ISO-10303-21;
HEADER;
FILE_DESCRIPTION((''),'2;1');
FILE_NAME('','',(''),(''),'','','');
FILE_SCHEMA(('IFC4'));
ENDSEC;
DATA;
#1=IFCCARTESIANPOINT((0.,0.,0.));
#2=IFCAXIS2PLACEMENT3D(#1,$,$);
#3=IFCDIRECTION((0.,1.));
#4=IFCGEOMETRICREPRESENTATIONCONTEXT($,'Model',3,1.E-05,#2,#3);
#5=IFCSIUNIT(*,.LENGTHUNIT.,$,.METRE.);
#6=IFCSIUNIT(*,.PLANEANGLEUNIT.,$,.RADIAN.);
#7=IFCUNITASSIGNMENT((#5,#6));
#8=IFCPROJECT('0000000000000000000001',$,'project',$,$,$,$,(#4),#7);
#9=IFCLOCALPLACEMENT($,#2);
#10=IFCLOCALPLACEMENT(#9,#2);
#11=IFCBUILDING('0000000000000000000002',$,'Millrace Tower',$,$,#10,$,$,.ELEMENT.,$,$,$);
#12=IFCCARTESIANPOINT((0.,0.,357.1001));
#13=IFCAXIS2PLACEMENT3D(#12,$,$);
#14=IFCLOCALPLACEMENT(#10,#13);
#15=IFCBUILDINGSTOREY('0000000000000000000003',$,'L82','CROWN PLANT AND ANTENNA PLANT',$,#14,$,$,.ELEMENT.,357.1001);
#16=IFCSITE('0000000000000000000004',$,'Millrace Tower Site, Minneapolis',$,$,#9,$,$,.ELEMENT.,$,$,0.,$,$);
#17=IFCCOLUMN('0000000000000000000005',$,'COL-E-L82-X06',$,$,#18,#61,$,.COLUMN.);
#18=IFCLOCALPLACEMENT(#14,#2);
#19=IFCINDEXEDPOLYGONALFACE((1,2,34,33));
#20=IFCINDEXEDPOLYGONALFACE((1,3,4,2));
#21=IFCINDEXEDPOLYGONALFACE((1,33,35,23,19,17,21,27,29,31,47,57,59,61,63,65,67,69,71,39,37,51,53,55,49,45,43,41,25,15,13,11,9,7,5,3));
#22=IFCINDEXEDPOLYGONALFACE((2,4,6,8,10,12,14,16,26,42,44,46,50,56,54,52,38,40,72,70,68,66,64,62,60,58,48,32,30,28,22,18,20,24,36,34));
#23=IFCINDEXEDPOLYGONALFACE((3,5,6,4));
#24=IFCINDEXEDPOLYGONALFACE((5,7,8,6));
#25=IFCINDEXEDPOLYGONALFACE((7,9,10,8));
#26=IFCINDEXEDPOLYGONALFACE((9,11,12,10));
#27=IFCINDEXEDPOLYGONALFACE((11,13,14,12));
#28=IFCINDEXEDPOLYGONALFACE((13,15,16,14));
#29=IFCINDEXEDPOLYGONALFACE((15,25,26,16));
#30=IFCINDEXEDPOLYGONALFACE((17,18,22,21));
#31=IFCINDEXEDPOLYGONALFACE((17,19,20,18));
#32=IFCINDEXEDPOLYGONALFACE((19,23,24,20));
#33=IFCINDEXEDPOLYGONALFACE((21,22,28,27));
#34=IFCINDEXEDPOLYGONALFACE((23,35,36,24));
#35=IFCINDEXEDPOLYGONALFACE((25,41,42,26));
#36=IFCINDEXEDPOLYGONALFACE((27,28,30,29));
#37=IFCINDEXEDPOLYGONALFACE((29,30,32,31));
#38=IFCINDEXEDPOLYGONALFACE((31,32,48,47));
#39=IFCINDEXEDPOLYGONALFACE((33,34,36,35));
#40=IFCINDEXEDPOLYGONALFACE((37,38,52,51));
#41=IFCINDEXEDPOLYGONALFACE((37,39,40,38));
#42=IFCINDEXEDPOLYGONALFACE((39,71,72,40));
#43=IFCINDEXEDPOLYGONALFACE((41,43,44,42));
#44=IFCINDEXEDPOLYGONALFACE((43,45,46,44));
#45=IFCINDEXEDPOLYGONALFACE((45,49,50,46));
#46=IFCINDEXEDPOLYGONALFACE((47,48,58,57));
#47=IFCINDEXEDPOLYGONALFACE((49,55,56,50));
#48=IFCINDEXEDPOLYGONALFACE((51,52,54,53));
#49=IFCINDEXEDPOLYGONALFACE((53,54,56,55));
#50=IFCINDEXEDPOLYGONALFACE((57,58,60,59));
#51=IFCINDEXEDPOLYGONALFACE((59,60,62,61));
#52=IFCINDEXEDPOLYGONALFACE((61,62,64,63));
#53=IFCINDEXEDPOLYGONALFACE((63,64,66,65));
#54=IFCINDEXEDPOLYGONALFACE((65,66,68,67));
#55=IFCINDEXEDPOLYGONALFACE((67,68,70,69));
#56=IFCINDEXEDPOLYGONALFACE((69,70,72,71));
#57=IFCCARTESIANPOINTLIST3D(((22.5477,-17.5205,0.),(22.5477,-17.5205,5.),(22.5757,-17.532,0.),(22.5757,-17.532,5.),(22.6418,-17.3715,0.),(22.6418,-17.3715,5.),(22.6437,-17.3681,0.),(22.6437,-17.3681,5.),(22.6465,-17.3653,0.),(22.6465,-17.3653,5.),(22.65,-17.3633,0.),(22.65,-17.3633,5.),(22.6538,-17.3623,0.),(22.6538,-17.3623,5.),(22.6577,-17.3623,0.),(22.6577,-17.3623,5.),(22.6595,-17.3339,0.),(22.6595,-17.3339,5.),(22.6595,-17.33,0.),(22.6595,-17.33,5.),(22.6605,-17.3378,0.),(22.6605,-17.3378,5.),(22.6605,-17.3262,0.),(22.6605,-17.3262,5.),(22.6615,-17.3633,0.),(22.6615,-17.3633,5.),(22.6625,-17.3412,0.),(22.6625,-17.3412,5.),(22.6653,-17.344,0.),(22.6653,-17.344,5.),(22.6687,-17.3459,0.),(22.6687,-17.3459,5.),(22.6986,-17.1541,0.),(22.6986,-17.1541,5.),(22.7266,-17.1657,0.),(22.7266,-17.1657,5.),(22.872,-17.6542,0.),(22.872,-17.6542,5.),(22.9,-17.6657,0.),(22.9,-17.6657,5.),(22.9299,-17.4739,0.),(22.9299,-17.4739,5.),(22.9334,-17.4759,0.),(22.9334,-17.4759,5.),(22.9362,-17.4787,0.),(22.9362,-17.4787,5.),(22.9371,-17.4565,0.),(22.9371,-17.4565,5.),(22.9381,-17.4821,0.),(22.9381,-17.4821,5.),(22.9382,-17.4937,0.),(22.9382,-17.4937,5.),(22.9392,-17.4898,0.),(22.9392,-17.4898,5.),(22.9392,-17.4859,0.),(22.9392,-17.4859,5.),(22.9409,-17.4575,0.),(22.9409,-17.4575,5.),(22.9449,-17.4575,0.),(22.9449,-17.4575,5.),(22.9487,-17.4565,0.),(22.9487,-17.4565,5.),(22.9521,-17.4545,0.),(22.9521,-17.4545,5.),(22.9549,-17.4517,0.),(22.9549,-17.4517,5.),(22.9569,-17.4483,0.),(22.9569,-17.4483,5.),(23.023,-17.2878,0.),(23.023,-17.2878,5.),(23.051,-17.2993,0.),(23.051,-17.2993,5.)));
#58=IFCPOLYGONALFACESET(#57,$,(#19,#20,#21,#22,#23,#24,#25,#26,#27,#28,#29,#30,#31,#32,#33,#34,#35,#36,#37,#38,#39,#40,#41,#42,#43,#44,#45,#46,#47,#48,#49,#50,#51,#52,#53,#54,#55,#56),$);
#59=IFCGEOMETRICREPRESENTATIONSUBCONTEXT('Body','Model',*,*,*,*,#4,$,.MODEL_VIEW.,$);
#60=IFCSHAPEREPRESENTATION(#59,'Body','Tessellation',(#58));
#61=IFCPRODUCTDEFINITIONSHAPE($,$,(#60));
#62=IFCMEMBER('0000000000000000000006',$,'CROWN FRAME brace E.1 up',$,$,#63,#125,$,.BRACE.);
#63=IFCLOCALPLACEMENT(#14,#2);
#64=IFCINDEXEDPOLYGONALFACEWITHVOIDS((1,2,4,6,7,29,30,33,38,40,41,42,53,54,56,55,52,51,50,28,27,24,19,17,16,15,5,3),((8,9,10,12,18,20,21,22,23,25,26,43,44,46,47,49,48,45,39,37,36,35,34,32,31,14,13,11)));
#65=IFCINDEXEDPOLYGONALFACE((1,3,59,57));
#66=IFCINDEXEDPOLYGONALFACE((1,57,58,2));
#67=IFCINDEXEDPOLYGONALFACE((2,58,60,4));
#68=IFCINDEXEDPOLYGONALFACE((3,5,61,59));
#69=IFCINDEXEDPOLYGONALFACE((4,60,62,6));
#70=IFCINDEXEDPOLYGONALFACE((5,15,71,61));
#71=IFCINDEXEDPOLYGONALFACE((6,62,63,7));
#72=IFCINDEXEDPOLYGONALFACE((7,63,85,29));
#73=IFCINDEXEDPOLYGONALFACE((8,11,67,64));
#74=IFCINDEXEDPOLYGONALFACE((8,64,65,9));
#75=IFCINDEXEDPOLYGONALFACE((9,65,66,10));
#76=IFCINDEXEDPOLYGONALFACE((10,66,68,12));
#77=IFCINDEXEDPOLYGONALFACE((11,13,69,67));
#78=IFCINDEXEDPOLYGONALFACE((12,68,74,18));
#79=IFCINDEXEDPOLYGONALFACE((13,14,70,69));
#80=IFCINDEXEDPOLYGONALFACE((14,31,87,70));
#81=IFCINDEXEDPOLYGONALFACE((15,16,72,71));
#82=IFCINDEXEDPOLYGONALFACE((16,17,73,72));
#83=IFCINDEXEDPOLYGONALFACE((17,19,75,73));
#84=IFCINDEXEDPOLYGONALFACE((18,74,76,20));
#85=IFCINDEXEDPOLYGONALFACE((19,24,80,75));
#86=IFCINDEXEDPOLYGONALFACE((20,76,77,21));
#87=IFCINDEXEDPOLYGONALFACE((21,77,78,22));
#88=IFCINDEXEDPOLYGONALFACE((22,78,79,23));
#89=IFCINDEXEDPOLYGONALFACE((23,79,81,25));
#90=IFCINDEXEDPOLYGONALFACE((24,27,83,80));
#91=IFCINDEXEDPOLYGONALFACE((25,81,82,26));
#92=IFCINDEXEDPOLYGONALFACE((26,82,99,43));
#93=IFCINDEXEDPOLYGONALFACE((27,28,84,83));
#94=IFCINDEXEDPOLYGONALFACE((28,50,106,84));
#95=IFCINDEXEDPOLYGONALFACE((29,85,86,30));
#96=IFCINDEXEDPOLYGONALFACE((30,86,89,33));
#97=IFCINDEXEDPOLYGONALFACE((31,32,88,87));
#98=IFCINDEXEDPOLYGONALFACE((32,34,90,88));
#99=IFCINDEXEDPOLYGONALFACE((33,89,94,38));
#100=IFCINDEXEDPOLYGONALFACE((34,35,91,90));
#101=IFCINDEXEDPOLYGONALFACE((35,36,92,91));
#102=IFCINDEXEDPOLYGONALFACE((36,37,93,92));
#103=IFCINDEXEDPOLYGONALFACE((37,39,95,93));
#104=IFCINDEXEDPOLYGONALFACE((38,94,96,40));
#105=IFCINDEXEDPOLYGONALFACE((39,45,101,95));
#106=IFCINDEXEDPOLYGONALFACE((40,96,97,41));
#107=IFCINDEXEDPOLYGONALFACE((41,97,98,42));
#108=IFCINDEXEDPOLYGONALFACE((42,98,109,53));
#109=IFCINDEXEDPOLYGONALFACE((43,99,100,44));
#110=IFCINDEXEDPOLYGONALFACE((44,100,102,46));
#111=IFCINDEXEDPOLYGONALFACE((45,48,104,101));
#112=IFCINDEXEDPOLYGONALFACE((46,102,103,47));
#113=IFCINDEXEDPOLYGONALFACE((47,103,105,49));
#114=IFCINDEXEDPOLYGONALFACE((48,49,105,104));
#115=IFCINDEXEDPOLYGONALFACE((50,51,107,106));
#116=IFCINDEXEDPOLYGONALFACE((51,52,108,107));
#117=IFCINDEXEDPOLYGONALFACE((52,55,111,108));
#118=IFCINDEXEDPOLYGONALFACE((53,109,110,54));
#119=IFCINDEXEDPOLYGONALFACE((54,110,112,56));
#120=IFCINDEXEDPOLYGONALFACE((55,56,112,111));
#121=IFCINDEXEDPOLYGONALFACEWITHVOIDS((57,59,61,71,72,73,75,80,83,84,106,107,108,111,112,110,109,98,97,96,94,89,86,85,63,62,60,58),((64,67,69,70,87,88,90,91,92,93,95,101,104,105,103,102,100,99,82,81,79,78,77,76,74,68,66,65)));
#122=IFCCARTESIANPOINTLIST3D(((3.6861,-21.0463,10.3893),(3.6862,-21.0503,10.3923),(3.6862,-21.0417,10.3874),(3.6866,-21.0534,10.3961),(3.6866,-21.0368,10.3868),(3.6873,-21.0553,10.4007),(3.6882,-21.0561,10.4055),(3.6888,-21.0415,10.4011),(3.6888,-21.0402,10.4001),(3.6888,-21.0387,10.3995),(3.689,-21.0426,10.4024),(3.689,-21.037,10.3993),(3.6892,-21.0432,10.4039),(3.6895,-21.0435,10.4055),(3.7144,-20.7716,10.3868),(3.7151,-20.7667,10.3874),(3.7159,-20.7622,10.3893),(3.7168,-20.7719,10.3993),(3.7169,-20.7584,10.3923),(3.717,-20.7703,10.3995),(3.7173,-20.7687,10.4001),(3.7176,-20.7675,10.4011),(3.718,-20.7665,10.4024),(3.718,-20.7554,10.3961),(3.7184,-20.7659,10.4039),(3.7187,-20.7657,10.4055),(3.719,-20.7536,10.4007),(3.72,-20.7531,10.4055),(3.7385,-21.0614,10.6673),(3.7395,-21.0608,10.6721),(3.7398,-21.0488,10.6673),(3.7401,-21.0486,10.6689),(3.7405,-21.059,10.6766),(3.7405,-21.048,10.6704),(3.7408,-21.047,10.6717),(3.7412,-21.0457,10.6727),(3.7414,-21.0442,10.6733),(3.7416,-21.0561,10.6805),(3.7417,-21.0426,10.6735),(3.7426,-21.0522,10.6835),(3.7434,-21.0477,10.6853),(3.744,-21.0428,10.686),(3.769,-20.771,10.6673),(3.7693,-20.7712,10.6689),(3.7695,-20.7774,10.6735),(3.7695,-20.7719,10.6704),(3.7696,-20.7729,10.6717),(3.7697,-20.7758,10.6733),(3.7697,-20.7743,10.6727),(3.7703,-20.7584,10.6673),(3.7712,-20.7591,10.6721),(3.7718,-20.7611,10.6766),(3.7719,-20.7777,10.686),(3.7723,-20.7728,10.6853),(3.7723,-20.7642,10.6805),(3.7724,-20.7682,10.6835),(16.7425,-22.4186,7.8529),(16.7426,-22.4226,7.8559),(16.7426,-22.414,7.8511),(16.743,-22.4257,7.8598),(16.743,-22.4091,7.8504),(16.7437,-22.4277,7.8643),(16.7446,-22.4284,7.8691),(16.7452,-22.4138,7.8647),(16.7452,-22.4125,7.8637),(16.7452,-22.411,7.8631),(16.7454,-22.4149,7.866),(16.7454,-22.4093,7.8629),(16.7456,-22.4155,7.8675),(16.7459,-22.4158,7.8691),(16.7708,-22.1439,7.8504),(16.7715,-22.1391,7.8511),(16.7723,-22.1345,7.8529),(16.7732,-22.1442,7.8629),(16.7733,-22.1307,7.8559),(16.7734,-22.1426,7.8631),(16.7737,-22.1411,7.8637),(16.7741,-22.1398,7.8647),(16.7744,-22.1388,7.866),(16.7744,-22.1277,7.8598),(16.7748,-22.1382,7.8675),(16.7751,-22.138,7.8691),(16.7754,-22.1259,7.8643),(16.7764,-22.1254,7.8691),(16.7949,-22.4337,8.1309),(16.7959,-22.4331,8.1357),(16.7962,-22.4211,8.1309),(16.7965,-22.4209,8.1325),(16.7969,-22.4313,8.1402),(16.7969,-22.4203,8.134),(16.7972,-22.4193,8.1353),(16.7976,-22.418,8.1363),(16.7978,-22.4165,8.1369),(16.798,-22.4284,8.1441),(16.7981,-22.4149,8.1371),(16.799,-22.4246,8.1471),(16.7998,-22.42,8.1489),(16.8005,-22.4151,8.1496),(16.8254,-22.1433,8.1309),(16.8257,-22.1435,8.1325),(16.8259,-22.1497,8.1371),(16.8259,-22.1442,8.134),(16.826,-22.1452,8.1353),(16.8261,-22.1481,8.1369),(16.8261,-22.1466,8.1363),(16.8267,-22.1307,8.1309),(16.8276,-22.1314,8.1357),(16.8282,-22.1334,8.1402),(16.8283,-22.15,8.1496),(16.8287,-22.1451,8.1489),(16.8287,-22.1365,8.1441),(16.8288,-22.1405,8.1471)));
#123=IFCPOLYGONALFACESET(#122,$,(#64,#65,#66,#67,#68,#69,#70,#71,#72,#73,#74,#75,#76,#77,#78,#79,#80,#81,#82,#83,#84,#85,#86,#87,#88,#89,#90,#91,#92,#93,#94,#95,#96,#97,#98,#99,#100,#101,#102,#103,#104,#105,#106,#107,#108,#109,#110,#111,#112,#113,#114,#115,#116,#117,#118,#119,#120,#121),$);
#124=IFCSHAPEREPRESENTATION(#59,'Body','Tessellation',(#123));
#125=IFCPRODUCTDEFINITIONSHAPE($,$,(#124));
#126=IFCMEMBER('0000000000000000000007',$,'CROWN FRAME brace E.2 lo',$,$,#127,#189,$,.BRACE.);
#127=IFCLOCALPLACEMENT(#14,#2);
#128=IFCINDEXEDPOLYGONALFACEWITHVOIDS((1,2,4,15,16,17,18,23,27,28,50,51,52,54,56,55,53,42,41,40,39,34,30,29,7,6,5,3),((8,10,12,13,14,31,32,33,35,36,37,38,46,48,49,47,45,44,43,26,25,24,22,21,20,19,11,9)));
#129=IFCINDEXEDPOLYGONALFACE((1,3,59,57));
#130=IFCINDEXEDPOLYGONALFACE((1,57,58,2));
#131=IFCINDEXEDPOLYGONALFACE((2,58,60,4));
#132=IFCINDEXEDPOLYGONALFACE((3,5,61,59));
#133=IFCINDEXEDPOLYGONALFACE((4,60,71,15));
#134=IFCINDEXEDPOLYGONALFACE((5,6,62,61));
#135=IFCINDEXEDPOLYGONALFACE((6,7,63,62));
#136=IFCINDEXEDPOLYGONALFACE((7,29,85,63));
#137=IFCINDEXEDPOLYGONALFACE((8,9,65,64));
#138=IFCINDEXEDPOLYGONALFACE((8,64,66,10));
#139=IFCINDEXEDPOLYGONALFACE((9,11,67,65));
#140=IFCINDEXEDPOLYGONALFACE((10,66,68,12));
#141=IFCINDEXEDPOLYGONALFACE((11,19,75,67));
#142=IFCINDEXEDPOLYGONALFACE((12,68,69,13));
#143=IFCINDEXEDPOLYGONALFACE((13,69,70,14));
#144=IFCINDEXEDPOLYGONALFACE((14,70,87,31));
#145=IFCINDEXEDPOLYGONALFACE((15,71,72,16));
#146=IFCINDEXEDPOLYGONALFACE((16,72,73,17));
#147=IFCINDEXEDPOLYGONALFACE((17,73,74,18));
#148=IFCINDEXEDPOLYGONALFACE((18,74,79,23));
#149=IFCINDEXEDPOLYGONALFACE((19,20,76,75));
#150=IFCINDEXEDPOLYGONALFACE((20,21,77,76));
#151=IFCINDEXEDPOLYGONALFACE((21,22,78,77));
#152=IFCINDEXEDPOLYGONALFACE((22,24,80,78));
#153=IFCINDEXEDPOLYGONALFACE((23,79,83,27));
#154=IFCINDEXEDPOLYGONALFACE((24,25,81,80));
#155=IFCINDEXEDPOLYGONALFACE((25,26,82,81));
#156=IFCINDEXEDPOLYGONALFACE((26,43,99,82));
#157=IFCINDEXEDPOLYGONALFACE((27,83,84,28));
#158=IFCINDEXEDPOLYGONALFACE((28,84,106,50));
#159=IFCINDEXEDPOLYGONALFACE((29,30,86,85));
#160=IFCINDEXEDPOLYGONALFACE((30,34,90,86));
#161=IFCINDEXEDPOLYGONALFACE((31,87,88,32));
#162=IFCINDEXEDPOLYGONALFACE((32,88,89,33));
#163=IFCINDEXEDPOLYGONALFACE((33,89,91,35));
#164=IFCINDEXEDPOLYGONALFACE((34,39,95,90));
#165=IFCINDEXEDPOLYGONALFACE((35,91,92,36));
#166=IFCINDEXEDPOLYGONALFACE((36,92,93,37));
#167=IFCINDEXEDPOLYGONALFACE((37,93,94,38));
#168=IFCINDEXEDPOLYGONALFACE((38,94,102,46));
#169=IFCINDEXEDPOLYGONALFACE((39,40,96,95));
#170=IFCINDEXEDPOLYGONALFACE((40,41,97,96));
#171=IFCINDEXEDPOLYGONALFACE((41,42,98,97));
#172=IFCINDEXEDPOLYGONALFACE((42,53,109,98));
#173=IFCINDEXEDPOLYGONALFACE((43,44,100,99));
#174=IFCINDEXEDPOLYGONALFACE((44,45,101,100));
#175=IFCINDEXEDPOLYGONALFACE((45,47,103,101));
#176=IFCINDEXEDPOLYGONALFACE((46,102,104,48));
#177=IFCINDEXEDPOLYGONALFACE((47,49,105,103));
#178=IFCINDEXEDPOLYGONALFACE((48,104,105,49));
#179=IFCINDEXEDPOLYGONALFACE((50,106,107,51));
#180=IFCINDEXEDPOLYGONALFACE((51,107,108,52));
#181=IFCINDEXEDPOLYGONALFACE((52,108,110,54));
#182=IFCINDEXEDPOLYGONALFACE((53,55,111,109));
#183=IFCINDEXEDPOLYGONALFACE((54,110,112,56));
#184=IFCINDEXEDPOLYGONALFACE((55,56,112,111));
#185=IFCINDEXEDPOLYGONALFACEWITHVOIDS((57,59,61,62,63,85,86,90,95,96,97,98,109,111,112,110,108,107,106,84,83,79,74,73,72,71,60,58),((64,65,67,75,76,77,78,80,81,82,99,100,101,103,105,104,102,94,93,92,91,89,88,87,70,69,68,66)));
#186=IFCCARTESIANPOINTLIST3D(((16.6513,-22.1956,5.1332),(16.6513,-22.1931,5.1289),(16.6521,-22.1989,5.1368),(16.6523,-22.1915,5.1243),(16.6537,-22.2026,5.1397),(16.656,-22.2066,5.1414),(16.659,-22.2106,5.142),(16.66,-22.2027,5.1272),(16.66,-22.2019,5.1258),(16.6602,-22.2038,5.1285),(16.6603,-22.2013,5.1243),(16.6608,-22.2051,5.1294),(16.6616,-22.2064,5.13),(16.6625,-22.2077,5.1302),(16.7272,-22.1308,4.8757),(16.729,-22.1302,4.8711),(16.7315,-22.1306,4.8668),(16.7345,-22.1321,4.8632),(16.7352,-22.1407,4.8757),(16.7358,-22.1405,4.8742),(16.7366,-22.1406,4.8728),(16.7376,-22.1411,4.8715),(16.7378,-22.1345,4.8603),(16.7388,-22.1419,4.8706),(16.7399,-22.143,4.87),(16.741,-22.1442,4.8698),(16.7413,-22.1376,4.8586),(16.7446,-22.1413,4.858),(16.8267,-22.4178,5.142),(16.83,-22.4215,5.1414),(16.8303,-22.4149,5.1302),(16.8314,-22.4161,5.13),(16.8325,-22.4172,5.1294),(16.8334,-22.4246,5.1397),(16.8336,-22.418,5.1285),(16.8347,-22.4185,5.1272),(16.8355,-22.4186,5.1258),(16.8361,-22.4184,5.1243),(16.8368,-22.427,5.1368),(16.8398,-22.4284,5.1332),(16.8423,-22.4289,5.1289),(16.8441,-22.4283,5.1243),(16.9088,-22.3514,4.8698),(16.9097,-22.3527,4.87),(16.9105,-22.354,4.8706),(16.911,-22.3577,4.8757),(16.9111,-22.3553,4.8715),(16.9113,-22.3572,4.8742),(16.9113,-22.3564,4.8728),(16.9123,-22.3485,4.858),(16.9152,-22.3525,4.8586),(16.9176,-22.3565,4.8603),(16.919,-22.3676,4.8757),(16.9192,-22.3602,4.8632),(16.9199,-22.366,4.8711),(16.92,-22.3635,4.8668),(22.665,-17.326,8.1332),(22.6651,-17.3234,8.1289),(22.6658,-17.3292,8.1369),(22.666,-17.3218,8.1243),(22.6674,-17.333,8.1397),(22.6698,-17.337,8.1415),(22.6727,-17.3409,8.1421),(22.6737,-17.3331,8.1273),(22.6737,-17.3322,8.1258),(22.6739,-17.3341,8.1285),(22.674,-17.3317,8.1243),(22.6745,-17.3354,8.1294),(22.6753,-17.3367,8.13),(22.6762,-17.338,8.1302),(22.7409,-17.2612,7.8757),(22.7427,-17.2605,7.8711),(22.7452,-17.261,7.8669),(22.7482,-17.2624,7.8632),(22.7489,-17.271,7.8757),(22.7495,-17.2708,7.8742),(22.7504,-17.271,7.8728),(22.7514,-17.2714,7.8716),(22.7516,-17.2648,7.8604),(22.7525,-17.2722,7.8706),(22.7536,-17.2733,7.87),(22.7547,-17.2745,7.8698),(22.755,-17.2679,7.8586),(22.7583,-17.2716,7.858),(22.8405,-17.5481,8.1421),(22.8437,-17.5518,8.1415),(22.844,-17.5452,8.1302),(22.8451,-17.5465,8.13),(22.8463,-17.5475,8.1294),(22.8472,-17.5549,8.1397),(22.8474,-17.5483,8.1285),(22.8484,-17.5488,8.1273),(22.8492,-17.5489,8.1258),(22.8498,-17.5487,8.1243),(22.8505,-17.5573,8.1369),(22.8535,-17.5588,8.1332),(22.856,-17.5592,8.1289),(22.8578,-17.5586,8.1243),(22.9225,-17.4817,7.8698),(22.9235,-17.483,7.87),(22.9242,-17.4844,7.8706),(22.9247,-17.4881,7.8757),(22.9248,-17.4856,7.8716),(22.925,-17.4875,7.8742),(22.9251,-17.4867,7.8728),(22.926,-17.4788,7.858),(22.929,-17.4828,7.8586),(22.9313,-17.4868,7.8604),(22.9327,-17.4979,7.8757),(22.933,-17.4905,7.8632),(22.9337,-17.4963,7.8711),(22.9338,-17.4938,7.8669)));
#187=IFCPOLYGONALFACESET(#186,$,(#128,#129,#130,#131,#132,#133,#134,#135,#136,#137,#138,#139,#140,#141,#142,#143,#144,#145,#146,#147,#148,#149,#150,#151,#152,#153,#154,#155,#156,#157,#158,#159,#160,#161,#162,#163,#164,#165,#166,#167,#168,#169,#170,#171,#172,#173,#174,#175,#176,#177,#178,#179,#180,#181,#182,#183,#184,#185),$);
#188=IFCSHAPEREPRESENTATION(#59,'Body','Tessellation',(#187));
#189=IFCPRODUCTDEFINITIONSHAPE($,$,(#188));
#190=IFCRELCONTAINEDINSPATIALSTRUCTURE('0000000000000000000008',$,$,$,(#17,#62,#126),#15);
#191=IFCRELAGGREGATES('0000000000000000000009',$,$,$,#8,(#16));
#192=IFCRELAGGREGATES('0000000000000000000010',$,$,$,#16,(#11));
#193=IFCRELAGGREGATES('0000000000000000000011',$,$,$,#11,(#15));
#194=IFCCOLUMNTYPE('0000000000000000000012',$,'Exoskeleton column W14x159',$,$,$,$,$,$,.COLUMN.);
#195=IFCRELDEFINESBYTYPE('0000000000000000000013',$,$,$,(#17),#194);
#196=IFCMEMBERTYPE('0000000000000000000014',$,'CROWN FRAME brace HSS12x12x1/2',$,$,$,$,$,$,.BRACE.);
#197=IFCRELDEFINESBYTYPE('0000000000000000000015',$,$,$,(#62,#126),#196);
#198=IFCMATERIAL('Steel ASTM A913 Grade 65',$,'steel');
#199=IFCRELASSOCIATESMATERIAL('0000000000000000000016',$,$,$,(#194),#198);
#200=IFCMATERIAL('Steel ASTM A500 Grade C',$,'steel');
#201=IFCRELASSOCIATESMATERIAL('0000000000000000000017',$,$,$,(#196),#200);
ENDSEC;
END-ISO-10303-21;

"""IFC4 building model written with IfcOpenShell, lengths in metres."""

from ifc_helpers import new_model, si_unit, direction, frame, origin, origin_2d, place, context, subcontext, project, spatial, hollow_rectangle, i_section, extrude, material, material_profile, profile_set, type_object, element, save


model = new_model("IFC4")

# Units and contexts
model_context = context("Model", 3, precision=1e-05, world=origin(), true_north=direction((0.0, 1.0)))
body_context = subcontext(model_context, "Body", "Model", "MODEL_VIEW")
ifc_project = project(units=[si_unit("LENGTHUNIT", "METRE"), si_unit("PLANEANGLEUNIT", "RADIAN")], contexts=[model_context])

# Site, building, storey
site_placement = place(None, origin())
site = spatial("IfcSite", under=ifc_project, at=site_placement, Name="Millrace Tower Site, Minneapolis", CompositionType="ELEMENT", RefElevation=0.0)
building_placement = place(site_placement, origin())
building = spatial("IfcBuilding", under=site, at=building_placement, Name="Millrace Tower", CompositionType="ELEMENT")
storey_placement = place(building_placement, frame((0.0, 0.0, 357.1001)))
storey = spatial("IfcBuildingStorey", under=building, at=storey_placement, Name="L82", Description="CROWN PLANT AND ANTENNA PLANT", CompositionType="ELEMENT", Elevation=357.1001)

# Column
ifc_material_1 = material(Name="Steel ASTM A913 Grade 65", Category="steel")
ifc_material_profile_1 = material_profile(ifc_material_1, i_section(OverallWidth=0.3962, OverallDepth=0.3811, WebThickness=0.0188, FlangeThickness=0.0303, FilletRadius=0.0151, at=origin_2d()))
ifc_profile_set_1 = profile_set([ifc_material_profile_1], Name="Steel ASTM A913 Grade 65")
column_type_1 = type_object("IfcColumnType", Name="Exoskeleton column W14x159", PredefinedType="COLUMN", material=ifc_profile_set_1)
for number, where, z_axis, x_axis, name in (
    (1, (22.7993, -17.4099, 0.0), (0.0, 0.0, 1.0), (0.380947, 0.924597, 0.0), "COL-E-L82-X06"),
):
    element("IfcColumn", number, at=place(storey_placement, frame(where, z_axis=z_axis, x_axis=x_axis)), inside=storey, type_object=column_type_1, Name=name, PredefinedType="COLUMN", context=body_context, shape_type="SweptSolid", body=[
        extrude(i_section(OverallWidth=0.3962, OverallDepth=0.3811, WebThickness=0.0188, FlangeThickness=0.0303, FilletRadius=0.0151, at=origin_2d()), origin(), (0.0, 0.0, 1.0), 5.0),
    ])

# Members
ifc_material_2 = material(Name="Steel ASTM A500 Grade C", Category="steel")
ifc_material_profile_2 = material_profile(ifc_material_2, hollow_rectangle(XDim=0.3047, YDim=0.3047, WallThickness=0.0127, InnerFilletRadius=0.0063, OuterFilletRadius=0.019, at=origin_2d()))
ifc_profile_set_2 = profile_set([ifc_material_profile_2], Name="Steel ASTM A500 Grade C")
member_type_1 = type_object("IfcMemberType", Name="CROWN FRAME brace HSS12x12x1/2", PredefinedType="BRACE", material=ifc_profile_set_2)
member_1_placement = place(storey_placement, frame((16.7856, -22.2795, 8.0), z_axis=(-0.976465, 0.102633, 0.189691), x_axis=(-0.104531, -0.994522, 0.0)))
element("IfcMember", 2, at=member_1_placement, inside=storey, type_object=member_type_1, Name="CROWN FRAME brace E.1 up", PredefinedType="BRACE", context=body_context, shape_type="SweptSolid", body=[
    extrude(hollow_rectangle(XDim=0.3047, YDim=0.3047, WallThickness=0.0127, InnerFilletRadius=0.0063, OuterFilletRadius=0.019, at=origin_2d()), origin(), (0.0, 0.0, 1.0), 13.3711),
])
member_2_placement = place(storey_placement, frame((16.7856, -22.2795, 5.0), z_axis=(0.724604, 0.586755, 0.361478), x_axis=(-0.629309, 0.777155, 0.0)))
element("IfcMember", 3, at=member_2_placement, inside=storey, type_object=member_type_1, Name="CROWN FRAME brace E.2 lo", PredefinedType="BRACE", context=body_context, shape_type="SweptSolid", body=[
    extrude(hollow_rectangle(XDim=0.3047, YDim=0.3047, WallThickness=0.0127, InnerFilletRadius=0.0063, OuterFilletRadius=0.019, at=origin_2d()), origin(), (0.0, 0.0, 1.0), 8.2993),
])

save(model, "model.ifc")
